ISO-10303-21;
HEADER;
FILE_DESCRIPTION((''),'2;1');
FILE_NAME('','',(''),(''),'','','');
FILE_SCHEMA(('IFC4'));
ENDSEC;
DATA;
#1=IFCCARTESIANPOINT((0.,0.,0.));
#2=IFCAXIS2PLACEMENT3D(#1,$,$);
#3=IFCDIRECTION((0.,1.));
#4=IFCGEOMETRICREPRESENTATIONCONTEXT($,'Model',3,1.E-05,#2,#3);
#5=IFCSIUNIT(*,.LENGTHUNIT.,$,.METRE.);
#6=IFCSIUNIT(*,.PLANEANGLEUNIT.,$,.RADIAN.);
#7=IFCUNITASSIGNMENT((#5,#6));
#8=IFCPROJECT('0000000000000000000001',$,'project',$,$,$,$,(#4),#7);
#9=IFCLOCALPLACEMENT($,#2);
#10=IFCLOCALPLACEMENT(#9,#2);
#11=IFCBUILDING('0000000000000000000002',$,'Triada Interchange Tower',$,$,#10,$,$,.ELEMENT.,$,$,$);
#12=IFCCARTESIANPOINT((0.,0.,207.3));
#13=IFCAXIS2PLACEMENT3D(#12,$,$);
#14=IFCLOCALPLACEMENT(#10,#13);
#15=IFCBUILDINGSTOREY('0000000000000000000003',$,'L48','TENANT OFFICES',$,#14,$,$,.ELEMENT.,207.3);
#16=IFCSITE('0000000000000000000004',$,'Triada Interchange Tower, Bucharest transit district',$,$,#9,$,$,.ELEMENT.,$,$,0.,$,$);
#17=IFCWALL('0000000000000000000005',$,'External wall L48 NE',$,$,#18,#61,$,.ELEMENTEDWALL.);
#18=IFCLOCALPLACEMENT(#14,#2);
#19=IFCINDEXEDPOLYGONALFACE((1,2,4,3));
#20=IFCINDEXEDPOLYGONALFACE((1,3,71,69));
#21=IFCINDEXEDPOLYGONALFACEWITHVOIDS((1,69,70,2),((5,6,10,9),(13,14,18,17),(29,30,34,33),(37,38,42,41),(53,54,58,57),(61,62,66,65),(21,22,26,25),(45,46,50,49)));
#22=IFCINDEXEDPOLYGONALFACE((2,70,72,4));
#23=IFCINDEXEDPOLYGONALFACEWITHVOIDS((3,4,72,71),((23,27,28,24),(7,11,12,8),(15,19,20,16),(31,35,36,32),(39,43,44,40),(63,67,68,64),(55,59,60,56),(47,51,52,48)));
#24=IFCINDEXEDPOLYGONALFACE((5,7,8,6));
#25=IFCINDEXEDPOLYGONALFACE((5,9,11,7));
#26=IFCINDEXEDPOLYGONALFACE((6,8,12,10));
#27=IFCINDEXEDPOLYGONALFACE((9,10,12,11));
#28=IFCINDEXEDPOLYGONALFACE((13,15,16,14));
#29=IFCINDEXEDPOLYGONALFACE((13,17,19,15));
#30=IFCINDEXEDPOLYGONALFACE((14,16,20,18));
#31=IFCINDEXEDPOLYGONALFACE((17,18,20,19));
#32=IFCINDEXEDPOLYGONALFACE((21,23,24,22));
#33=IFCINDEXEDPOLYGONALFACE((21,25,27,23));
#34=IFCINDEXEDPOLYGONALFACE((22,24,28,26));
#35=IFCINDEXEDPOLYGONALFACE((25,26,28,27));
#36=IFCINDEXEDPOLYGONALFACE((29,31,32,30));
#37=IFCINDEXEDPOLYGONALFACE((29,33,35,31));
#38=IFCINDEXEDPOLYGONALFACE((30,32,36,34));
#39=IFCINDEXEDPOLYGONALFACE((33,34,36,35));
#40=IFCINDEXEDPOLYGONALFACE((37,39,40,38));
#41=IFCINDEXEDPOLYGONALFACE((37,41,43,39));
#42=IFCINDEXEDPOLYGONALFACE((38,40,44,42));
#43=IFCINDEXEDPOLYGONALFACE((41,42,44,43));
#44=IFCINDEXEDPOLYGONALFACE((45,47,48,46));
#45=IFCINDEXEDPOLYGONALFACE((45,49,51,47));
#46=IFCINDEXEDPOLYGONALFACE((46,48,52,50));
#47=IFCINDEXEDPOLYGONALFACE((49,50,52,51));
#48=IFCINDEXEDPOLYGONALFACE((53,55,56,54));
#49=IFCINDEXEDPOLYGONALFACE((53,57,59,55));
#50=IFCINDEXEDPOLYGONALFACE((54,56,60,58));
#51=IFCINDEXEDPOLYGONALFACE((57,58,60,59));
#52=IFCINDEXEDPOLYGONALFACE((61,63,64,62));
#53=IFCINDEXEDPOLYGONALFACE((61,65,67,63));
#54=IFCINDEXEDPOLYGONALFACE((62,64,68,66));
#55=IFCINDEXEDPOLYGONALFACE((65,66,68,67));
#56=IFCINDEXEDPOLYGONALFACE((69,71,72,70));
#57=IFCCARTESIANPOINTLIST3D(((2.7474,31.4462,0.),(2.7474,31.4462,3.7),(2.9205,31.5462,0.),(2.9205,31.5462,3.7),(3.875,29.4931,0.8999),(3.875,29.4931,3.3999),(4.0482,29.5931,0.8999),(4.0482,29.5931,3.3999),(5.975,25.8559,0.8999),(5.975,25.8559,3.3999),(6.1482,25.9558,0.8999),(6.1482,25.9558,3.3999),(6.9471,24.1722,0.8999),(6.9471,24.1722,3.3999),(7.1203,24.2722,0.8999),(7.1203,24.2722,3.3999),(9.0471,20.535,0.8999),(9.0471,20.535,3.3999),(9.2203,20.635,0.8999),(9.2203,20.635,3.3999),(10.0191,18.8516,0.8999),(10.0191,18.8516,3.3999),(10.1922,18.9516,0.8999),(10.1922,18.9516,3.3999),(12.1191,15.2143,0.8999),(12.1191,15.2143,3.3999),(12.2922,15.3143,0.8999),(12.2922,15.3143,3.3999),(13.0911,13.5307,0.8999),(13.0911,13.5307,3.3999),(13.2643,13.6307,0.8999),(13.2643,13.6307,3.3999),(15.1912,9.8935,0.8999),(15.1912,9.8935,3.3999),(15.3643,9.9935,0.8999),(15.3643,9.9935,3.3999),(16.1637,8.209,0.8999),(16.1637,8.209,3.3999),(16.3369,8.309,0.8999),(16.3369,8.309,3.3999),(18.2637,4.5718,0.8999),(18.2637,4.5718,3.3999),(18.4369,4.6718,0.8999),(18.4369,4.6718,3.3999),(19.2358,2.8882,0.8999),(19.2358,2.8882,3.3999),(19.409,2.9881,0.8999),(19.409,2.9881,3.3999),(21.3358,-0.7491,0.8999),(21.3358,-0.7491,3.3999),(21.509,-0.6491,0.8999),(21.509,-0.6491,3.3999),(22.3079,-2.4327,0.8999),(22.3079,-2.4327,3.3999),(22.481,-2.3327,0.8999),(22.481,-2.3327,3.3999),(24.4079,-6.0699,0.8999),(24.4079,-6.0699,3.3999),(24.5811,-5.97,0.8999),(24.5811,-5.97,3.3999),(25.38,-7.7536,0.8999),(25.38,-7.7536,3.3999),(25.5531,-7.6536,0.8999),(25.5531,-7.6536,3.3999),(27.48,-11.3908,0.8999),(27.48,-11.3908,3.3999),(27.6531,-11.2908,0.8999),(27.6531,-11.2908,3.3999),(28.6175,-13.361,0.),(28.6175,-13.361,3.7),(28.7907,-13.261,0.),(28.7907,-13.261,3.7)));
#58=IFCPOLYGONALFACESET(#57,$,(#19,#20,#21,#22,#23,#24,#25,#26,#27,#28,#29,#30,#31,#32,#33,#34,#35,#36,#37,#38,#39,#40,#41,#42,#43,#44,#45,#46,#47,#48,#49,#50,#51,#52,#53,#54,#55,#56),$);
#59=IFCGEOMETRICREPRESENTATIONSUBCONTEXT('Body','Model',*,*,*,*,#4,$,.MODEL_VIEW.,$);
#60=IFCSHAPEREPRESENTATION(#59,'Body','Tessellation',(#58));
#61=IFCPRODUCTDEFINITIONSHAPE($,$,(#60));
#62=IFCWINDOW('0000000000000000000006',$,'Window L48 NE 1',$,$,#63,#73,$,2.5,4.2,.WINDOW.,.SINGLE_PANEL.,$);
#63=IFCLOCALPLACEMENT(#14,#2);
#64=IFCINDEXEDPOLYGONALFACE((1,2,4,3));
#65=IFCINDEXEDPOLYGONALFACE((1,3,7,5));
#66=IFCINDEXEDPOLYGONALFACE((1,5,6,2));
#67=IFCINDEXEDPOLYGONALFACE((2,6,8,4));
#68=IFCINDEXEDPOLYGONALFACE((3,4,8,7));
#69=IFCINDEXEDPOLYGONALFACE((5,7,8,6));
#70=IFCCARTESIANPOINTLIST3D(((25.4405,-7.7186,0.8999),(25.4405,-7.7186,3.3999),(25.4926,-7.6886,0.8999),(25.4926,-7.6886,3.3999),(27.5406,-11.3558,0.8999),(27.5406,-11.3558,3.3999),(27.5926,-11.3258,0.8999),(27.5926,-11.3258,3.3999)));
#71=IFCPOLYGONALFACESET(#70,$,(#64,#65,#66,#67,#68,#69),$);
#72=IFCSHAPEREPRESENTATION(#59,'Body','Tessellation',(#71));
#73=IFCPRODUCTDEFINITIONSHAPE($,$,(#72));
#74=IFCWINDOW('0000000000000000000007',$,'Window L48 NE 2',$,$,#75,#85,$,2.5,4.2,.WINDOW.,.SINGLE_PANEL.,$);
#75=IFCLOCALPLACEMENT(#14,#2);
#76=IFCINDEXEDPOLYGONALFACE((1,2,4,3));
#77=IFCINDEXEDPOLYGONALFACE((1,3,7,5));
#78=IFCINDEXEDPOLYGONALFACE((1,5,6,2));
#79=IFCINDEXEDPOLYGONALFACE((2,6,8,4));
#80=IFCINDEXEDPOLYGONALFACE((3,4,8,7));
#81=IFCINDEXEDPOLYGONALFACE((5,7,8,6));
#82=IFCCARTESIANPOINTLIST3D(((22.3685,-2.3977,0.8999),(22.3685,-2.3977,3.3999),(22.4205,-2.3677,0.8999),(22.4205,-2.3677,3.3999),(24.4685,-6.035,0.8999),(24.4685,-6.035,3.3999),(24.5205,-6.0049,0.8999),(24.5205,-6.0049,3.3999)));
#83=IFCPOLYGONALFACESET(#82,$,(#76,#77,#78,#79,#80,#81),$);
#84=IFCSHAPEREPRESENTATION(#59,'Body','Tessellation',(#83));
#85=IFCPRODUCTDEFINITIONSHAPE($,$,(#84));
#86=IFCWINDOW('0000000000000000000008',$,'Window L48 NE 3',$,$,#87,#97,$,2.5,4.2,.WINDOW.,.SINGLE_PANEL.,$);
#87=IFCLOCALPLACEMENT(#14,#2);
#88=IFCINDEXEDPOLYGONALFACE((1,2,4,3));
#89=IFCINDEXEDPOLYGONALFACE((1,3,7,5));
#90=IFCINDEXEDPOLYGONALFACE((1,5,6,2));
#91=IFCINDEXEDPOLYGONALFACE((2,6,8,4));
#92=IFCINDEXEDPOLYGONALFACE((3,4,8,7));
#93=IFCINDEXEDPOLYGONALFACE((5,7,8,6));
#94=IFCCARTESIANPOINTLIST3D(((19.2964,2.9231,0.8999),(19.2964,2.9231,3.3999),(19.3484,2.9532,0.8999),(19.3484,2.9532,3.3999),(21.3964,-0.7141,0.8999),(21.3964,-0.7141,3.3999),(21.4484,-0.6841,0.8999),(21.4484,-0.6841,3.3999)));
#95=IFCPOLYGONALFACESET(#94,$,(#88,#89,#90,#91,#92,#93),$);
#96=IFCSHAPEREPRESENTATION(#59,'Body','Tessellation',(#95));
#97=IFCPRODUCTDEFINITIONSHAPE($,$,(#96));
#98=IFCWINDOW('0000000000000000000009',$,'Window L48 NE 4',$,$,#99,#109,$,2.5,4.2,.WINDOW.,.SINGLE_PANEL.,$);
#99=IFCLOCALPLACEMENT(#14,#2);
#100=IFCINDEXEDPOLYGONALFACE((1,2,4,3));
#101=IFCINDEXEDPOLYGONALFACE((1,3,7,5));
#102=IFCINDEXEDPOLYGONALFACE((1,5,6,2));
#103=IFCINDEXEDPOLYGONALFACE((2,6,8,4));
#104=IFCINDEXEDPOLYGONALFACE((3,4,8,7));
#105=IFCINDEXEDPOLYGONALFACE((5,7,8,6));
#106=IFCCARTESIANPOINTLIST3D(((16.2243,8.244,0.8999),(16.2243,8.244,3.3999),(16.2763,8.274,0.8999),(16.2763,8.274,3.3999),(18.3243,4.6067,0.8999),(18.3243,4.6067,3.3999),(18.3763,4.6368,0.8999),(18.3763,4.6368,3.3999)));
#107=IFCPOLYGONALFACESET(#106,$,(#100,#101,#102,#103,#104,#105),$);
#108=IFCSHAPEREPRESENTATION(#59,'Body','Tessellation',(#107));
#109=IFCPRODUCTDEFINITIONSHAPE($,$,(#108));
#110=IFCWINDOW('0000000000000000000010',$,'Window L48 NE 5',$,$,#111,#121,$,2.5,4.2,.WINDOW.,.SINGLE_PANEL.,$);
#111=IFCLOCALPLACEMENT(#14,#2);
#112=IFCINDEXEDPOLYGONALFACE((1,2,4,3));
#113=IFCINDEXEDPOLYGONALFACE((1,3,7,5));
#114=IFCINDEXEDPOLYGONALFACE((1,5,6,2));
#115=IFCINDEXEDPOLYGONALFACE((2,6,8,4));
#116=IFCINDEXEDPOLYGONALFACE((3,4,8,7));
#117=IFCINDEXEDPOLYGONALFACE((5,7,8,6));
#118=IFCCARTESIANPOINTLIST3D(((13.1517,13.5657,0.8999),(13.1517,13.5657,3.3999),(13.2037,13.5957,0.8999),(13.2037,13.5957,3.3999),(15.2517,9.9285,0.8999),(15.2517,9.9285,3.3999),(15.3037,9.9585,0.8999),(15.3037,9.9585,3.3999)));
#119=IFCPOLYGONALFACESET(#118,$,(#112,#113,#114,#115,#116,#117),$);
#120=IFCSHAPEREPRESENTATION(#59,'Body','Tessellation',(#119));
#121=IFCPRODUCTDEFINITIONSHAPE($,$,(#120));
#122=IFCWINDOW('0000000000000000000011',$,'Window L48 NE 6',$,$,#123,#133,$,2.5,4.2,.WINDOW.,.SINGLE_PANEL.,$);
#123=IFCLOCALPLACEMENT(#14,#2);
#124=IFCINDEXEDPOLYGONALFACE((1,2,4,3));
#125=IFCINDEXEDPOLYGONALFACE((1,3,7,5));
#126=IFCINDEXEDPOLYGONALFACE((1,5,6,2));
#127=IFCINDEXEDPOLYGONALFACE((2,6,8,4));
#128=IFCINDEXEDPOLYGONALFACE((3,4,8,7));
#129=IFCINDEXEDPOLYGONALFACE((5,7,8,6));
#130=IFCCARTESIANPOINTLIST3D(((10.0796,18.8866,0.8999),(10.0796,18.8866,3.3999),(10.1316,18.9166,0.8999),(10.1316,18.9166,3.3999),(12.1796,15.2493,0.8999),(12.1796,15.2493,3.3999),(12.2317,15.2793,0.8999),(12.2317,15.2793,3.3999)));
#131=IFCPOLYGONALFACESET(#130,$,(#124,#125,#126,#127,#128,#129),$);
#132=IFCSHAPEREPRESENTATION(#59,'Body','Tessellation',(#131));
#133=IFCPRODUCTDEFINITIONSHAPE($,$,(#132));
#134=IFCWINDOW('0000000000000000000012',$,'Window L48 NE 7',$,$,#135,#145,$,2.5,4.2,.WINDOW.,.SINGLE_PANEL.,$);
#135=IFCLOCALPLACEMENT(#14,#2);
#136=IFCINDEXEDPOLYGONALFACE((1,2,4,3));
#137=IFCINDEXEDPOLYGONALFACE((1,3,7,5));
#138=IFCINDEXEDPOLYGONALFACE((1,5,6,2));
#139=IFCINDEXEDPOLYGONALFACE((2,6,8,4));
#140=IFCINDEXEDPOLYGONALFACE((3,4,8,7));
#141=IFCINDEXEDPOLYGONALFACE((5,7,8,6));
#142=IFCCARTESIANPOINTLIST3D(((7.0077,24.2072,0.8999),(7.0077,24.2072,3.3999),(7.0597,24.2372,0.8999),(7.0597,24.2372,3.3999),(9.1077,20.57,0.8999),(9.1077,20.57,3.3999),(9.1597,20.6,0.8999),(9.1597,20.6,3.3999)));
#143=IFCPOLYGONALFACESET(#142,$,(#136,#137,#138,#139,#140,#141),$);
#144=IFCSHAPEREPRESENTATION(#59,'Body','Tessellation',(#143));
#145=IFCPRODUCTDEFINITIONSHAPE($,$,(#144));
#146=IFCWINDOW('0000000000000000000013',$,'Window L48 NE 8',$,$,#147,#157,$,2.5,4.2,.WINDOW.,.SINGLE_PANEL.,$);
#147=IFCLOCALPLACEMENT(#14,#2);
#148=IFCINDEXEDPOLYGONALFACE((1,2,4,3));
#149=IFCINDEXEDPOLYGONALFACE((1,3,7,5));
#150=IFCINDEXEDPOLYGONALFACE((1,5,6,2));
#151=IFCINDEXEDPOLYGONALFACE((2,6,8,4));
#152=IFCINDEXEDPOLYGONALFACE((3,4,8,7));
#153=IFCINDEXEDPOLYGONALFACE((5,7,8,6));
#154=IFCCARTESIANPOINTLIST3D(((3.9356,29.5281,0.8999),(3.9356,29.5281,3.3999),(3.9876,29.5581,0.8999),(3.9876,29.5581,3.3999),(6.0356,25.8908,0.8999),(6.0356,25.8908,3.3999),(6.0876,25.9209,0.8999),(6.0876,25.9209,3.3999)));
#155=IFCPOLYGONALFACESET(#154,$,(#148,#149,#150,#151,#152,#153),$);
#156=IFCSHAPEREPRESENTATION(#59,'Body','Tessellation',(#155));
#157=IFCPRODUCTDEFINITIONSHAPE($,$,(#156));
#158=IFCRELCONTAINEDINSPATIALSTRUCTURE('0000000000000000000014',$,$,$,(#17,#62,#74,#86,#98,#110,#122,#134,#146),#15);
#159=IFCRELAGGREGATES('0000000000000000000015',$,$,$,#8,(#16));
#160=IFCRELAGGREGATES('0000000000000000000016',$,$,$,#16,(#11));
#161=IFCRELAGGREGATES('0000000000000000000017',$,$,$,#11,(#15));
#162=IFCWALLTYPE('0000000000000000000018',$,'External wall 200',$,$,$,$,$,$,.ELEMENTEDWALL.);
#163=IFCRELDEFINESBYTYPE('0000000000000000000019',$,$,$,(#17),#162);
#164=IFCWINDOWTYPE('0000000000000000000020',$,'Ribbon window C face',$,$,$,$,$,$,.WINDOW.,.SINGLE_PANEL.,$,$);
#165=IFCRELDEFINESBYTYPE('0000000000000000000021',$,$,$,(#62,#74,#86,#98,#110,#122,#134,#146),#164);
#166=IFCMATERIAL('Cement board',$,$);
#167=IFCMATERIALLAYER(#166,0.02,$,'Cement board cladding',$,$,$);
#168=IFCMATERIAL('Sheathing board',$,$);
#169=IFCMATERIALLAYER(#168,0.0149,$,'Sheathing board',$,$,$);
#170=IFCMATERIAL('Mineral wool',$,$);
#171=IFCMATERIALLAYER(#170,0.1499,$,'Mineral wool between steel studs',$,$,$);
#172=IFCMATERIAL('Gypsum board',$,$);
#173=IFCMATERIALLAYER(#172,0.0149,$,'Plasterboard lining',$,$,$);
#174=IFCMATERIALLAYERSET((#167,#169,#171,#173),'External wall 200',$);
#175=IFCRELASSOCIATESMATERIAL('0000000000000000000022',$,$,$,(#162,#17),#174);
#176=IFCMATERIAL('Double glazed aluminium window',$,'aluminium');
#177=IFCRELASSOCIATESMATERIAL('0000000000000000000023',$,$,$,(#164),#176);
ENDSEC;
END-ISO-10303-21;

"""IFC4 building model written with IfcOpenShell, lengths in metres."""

from ifc_helpers import new_model, si_unit, direction, frame, frame_2d, origin, place, context, subcontext, project, spatial, rectangle, extrude, material, layer, layer_set, layer_usage, type_object, element, fill, save


model = new_model("IFC4")

# Units and contexts
model_context = context("Model", 3, precision=1e-05, world=origin(), true_north=direction((0.0, 1.0)))
body_context = subcontext(model_context, "Body", "Model", "MODEL_VIEW")
ifc_project = project(units=[si_unit("LENGTHUNIT", "METRE"), si_unit("PLANEANGLEUNIT", "RADIAN")], contexts=[model_context])

# Site, building, storey
site_placement = place(None, origin())
site = spatial("IfcSite", under=ifc_project, at=site_placement, Name="Triada Interchange Tower, Bucharest transit district", CompositionType="ELEMENT", RefElevation=0.0)
building_placement = place(site_placement, origin())
building = spatial("IfcBuilding", under=site, at=building_placement, Name="Triada Interchange Tower", CompositionType="ELEMENT")
storey_placement = place(building_placement, frame((0.0, 0.0, 207.3)))
storey = spatial("IfcBuildingStorey", under=building, at=storey_placement, Name="L48", Description="TENANT OFFICES", CompositionType="ELEMENT", Elevation=207.3)

# Shared definitions
ifc_material_1 = material(Name="Cement board")
ifc_layer_1 = layer(ifc_material_1, 0.02, Name="Cement board cladding")
ifc_material_2 = material(Name="Sheathing board")
ifc_layer_2 = layer(ifc_material_2, 0.0149, Name="Sheathing board")
ifc_material_3 = material(Name="Mineral wool")
ifc_layer_3 = layer(ifc_material_3, 0.1499, Name="Mineral wool between steel studs")
ifc_material_4 = material(Name="Gypsum board")
ifc_layer_4 = layer(ifc_material_4, 0.0149, Name="Plasterboard lining")
ifc_layer_set_1 = layer_set([ifc_layer_1, ifc_layer_2, ifc_layer_3, ifc_layer_4], Name="External wall 200")
ifc_layer_usage = layer_usage(ifc_layer_set_1, "AXIS2", "POSITIVE", -0.1001)
wall_type_1 = type_object("IfcWallType", Name="External wall 200", PredefinedType="ELEMENTEDWALL", material=ifc_layer_set_1)
ifc_material_5 = material(Name="Double glazed aluminium window", Category="aluminium")

# Wall, openings, windows
wall_1_placement = place(storey_placement, frame((28.7041, -13.311, 0.0), z_axis=(0.0, 0.0, 1.0), x_axis=(-0.50001, 0.866019, 0.0)))
wall_1 = element("IfcWall", 1, at=wall_1_placement, inside=storey, type_object=wall_type_1, material=ifc_layer_usage, Name="External wall L48 NE", PredefinedType="ELEMENTEDWALL", context=body_context, shape_type="SweptSolid", body=[
    extrude(rectangle(XDim=51.7393, YDim=0.2, at=frame_2d((25.8696, 0.0))), origin(), (0.0, 0.0, 1.0), 3.7),
])
opening_1_placement = place(wall_1_placement, frame((2.2749, 0.0, 0.8999)))
opening_1 = element("IfcOpeningElement", 2, at=opening_1_placement, cuts=wall_1, PredefinedType="OPENING", context=body_context, shape_type="SweptSolid", body=[
    extrude(rectangle(XDim=4.2, YDim=2.5, at=frame_2d((2.1001, 1.25))), frame((0.0, 0.1099, 0.0), z_axis=(0.0, -1.0, 0.0), x_axis=(1.0, 0.0, 0.0)), (0.0, 0.0, 1.0), 0.22),
])
opening_2_placement = place(wall_1_placement, frame((8.4189, 0.0, 0.8999)))
opening_2 = element("IfcOpeningElement", 3, at=opening_2_placement, cuts=wall_1, PredefinedType="OPENING", context=body_context, shape_type="SweptSolid", body=[
    extrude(rectangle(XDim=4.2, YDim=2.5, at=frame_2d((2.1001, 1.25))), frame((0.0, 0.1099, 0.0), z_axis=(0.0, -1.0, 0.0), x_axis=(1.0, 0.0, 0.0)), (0.0, 0.0, 1.0), 0.22),
])
opening_3_placement = place(wall_1_placement, frame((14.563, 0.0, 0.8999)))
opening_3 = element("IfcOpeningElement", 4, at=opening_3_placement, cuts=wall_1, PredefinedType="OPENING", context=body_context, shape_type="SweptSolid", body=[
    extrude(rectangle(XDim=4.2, YDim=2.5, at=frame_2d((2.1001, 1.25))), frame((0.0, 0.1099, 0.0), z_axis=(0.0, -1.0, 0.0), x_axis=(1.0, 0.0, 0.0)), (0.0, 0.0, 1.0), 0.22),
])
opening_4_placement = place(wall_1_placement, frame((20.707, 0.0, 0.8999)))
opening_4 = element("IfcOpeningElement", 5, at=opening_4_placement, cuts=wall_1, PredefinedType="OPENING", context=body_context, shape_type="SweptSolid", body=[
    extrude(rectangle(XDim=4.2, YDim=2.5, at=frame_2d((2.1001, 1.25))), frame((0.0, 0.1099, 0.0), z_axis=(0.0, -1.0, 0.0), x_axis=(1.0, 0.0, 0.0)), (0.0, 0.0, 1.0), 0.22),
])
opening_5_placement = place(wall_1_placement, frame((26.8521, 0.0, 0.8999)))
opening_5 = element("IfcOpeningElement", 6, at=opening_5_placement, cuts=wall_1, PredefinedType="OPENING", context=body_context, shape_type="SweptSolid", body=[
    extrude(rectangle(XDim=4.2, YDim=2.5, at=frame_2d((2.1001, 1.25))), frame((0.0, 0.1099, 0.0), z_axis=(0.0, -1.0, 0.0), x_axis=(1.0, 0.0, 0.0)), (0.0, 0.0, 1.0), 0.22),
])
opening_6_placement = place(wall_1_placement, frame((32.9961, 0.0, 0.8999)))
opening_6 = element("IfcOpeningElement", 7, at=opening_6_placement, cuts=wall_1, PredefinedType="OPENING", context=body_context, shape_type="SweptSolid", body=[
    extrude(rectangle(XDim=4.2, YDim=2.5, at=frame_2d((2.1001, 1.25))), frame((0.0, 0.1099, 0.0), z_axis=(0.0, -1.0, 0.0), x_axis=(1.0, 0.0, 0.0)), (0.0, 0.0, 1.0), 0.22),
])
opening_7_placement = place(wall_1_placement, frame((39.1399, 0.0, 0.8999)))
opening_7 = element("IfcOpeningElement", 8, at=opening_7_placement, cuts=wall_1, PredefinedType="OPENING", context=body_context, shape_type="SweptSolid", body=[
    extrude(rectangle(XDim=4.2, YDim=2.5, at=frame_2d((2.1001, 1.25))), frame((0.0, 0.1099, 0.0), z_axis=(0.0, -1.0, 0.0), x_axis=(1.0, 0.0, 0.0)), (0.0, 0.0, 1.0), 0.22),
])
opening_8_placement = place(wall_1_placement, frame((45.2839, 0.0, 0.8999)))
opening_8 = element("IfcOpeningElement", 9, at=opening_8_placement, cuts=wall_1, PredefinedType="OPENING", context=body_context, shape_type="SweptSolid", body=[
    extrude(rectangle(XDim=4.2, YDim=2.5, at=frame_2d((2.1001, 1.25))), frame((0.0, 0.1099, 0.0), z_axis=(0.0, -1.0, 0.0), x_axis=(1.0, 0.0, 0.0)), (0.0, 0.0, 1.0), 0.22),
])
window_type_1 = type_object("IfcWindowType", Name="Ribbon window C face", PartitioningType="SINGLE_PANEL", PredefinedType="WINDOW", material=ifc_material_5)
window_1_placement = place(opening_1_placement, origin())
window_1 = element("IfcWindow", 10, at=window_1_placement, inside=storey, type_object=window_type_1, Name="Window L48 NE 1", OverallHeight=2.5, OverallWidth=4.2, PartitioningType="SINGLE_PANEL", PredefinedType="WINDOW", context=body_context, shape_type="SweptSolid", body=[
    extrude(rectangle(XDim=4.2, YDim=2.5, at=frame_2d((2.1001, 1.25))), frame((0.0, 0.03, 0.0), z_axis=(0.0, -1.0, 0.0), x_axis=(1.0, 0.0, 0.0)), (0.0, 0.0, 1.0), 0.0601),
])
fill(opening_1, window_1)
window_2_placement = place(opening_2_placement, origin())
window_2 = element("IfcWindow", 11, at=window_2_placement, inside=storey, type_object=window_type_1, Name="Window L48 NE 2", OverallHeight=2.5, OverallWidth=4.2, PartitioningType="SINGLE_PANEL", PredefinedType="WINDOW", context=body_context, shape_type="SweptSolid", body=[
    extrude(rectangle(XDim=4.2, YDim=2.5, at=frame_2d((2.1001, 1.25))), frame((0.0, 0.03, 0.0), z_axis=(0.0, -1.0, 0.0), x_axis=(1.0, 0.0, 0.0)), (0.0, 0.0, 1.0), 0.0601),
])
fill(opening_2, window_2)
window_3_placement = place(opening_3_placement, origin())
window_3 = element("IfcWindow", 12, at=window_3_placement, inside=storey, type_object=window_type_1, Name="Window L48 NE 3", OverallHeight=2.5, OverallWidth=4.2, PartitioningType="SINGLE_PANEL", PredefinedType="WINDOW", context=body_context, shape_type="SweptSolid", body=[
    extrude(rectangle(XDim=4.2, YDim=2.5, at=frame_2d((2.1001, 1.25))), frame((0.0, 0.03, 0.0), z_axis=(0.0, -1.0, 0.0), x_axis=(1.0, 0.0, 0.0)), (0.0, 0.0, 1.0), 0.0601),
])
fill(opening_3, window_3)
window_4_placement = place(opening_4_placement, origin())
window_4 = element("IfcWindow", 13, at=window_4_placement, inside=storey, type_object=window_type_1, Name="Window L48 NE 4", OverallHeight=2.5, OverallWidth=4.2, PartitioningType="SINGLE_PANEL", PredefinedType="WINDOW", context=body_context, shape_type="SweptSolid", body=[
    extrude(rectangle(XDim=4.2, YDim=2.5, at=frame_2d((2.1001, 1.25))), frame((0.0, 0.03, 0.0), z_axis=(0.0, -1.0, 0.0), x_axis=(1.0, 0.0, 0.0)), (0.0, 0.0, 1.0), 0.0601),
])
fill(opening_4, window_4)
window_5_placement = place(opening_5_placement, origin())
window_5 = element("IfcWindow", 14, at=window_5_placement, inside=storey, type_object=window_type_1, Name="Window L48 NE 5", OverallHeight=2.5, OverallWidth=4.2, PartitioningType="SINGLE_PANEL", PredefinedType="WINDOW", context=body_context, shape_type="SweptSolid", body=[
    extrude(rectangle(XDim=4.2, YDim=2.5, at=frame_2d((2.1001, 1.25))), frame((0.0, 0.03, 0.0), z_axis=(0.0, -1.0, 0.0), x_axis=(1.0, 0.0, 0.0)), (0.0, 0.0, 1.0), 0.0601),
])
fill(opening_5, window_5)
window_6_placement = place(opening_6_placement, origin())
window_6 = element("IfcWindow", 15, at=window_6_placement, inside=storey, type_object=window_type_1, Name="Window L48 NE 6", OverallHeight=2.5, OverallWidth=4.2, PartitioningType="SINGLE_PANEL", PredefinedType="WINDOW", context=body_context, shape_type="SweptSolid", body=[
    extrude(rectangle(XDim=4.2, YDim=2.5, at=frame_2d((2.1001, 1.25))), frame((0.0, 0.03, 0.0), z_axis=(0.0, -1.0, 0.0), x_axis=(1.0, 0.0, 0.0)), (0.0, 0.0, 1.0), 0.0601),
])
fill(opening_6, window_6)
window_7_placement = place(opening_7_placement, origin())
window_7 = element("IfcWindow", 16, at=window_7_placement, inside=storey, type_object=window_type_1, Name="Window L48 NE 7", OverallHeight=2.5, OverallWidth=4.2, PartitioningType="SINGLE_PANEL", PredefinedType="WINDOW", context=body_context, shape_type="SweptSolid", body=[
    extrude(rectangle(XDim=4.2, YDim=2.5, at=frame_2d((2.1001, 1.25))), frame((0.0, 0.03, 0.0), z_axis=(0.0, -1.0, 0.0), x_axis=(1.0, 0.0, 0.0)), (0.0, 0.0, 1.0), 0.0601),
])
fill(opening_7, window_7)
window_8_placement = place(opening_8_placement, origin())
window_8 = element("IfcWindow", 17, at=window_8_placement, inside=storey, type_object=window_type_1, Name="Window L48 NE 8", OverallHeight=2.5, OverallWidth=4.2, PartitioningType="SINGLE_PANEL", PredefinedType="WINDOW", context=body_context, shape_type="SweptSolid", body=[
    extrude(rectangle(XDim=4.2, YDim=2.5, at=frame_2d((2.1001, 1.25))), frame((0.0, 0.03, 0.0), z_axis=(0.0, -1.0, 0.0), x_axis=(1.0, 0.0, 0.0)), (0.0, 0.0, 1.0), 0.0601),
])
fill(opening_8, window_8)

save(model, "model.ifc")
